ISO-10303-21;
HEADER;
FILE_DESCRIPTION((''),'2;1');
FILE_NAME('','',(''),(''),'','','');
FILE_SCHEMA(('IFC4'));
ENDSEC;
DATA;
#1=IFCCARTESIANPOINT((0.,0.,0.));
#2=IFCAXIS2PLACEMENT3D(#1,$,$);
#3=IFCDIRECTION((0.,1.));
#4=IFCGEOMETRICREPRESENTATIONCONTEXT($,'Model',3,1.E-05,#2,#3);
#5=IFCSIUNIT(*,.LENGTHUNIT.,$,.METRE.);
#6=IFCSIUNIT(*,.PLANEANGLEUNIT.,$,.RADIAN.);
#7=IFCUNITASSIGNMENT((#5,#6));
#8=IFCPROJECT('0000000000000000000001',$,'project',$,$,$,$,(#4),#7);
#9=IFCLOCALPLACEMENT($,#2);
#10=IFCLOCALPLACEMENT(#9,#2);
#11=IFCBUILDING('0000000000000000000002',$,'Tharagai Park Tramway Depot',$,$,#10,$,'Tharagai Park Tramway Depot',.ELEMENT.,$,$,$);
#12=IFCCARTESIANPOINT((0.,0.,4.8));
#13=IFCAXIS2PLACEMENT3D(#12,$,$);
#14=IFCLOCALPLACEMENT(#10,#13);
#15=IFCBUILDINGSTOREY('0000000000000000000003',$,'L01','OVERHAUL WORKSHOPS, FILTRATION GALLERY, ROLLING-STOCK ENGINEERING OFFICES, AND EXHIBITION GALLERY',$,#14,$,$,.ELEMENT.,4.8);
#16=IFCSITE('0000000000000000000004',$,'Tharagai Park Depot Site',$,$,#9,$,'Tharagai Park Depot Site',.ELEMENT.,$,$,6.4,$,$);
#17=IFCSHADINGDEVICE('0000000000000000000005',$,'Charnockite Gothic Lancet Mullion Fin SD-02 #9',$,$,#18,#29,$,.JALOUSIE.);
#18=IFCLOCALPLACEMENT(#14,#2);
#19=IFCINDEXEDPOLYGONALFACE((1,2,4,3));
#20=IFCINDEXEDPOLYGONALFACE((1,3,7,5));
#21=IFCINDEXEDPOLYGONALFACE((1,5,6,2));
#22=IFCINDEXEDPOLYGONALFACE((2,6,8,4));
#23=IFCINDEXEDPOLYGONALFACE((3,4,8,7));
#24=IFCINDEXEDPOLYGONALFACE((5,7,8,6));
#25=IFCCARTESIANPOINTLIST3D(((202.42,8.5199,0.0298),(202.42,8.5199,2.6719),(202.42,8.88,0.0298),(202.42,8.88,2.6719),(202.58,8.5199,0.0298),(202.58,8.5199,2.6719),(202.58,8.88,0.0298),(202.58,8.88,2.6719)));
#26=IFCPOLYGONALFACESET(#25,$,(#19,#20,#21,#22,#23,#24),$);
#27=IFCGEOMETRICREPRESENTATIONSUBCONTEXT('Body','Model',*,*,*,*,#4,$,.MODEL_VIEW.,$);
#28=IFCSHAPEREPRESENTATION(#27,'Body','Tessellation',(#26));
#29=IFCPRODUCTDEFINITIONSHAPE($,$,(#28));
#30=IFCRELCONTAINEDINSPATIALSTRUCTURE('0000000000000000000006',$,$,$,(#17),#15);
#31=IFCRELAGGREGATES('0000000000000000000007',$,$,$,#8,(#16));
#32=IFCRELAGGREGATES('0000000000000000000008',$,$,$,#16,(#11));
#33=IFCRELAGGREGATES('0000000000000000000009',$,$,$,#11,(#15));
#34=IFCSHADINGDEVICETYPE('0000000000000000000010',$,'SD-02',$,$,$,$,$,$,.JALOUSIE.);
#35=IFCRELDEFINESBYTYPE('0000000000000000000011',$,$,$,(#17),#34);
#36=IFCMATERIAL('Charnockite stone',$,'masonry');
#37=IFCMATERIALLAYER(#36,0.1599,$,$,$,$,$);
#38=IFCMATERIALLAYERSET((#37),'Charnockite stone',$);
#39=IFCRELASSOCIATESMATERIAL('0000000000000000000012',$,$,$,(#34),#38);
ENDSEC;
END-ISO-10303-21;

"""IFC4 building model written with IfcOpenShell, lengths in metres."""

from ifc_helpers import new_model, si_unit, direction, frame, origin, origin_2d, place, context, subcontext, project, spatial, rectangle, extrude, material, layer, layer_set, type_object, element, save


model = new_model("IFC4")

# Units and contexts
model_context = context("Model", 3, precision=1e-05, world=origin(), true_north=direction((0.0, 1.0)))
body_context = subcontext(model_context, "Body", "Model", "MODEL_VIEW")
ifc_project = project(units=[si_unit("LENGTHUNIT", "METRE"), si_unit("PLANEANGLEUNIT", "RADIAN")], contexts=[model_context])

# Site, building, storey
site_placement = place(None, origin())
site = spatial("IfcSite", under=ifc_project, at=site_placement, Name="Tharagai Park Depot Site", LongName="Tharagai Park Depot Site", CompositionType="ELEMENT", RefElevation=6.4)
building_placement = place(site_placement, origin())
building = spatial("IfcBuilding", under=site, at=building_placement, Name="Tharagai Park Tramway Depot", LongName="Tharagai Park Tramway Depot", CompositionType="ELEMENT")
storey_placement = place(building_placement, frame((0.0, 0.0, 4.8)))
storey = spatial("IfcBuildingStorey", under=building, at=storey_placement, Name="L01", Description="OVERHAUL WORKSHOPS, FILTRATION GALLERY, ROLLING-STOCK ENGINEERING OFFICES, AND EXHIBITION GALLERY", CompositionType="ELEMENT", Elevation=4.8)

# Shading device
ifc_material_1 = material(Name="Charnockite stone", Category="masonry")
ifc_layer_1 = layer(ifc_material_1, 0.1599)
ifc_layer_set_1 = layer_set([ifc_layer_1], Name="Charnockite stone")
shading_device_type_1 = type_object("IfcShadingDeviceType", Name="SD-02", PredefinedType="JALOUSIE", material=ifc_layer_set_1)
shading_device_1_placement = place(storey_placement, frame((202.5, 8.7, 0.0298), z_axis=(0.0, 0.0, 1.0), x_axis=(1.0, 0.0, 0.0)))
element("IfcShadingDevice", 1, at=shading_device_1_placement, inside=storey, type_object=shading_device_type_1, Name="Charnockite Gothic Lancet Mullion Fin SD-02 #9", PredefinedType="JALOUSIE", context=body_context, shape_type="SweptSolid", body=[
    extrude(rectangle(XDim=0.1599, YDim=0.3601, at=origin_2d()), origin(), (0.0, 0.0, 1.0), 2.6421),
])

save(model, "model.ifc")
